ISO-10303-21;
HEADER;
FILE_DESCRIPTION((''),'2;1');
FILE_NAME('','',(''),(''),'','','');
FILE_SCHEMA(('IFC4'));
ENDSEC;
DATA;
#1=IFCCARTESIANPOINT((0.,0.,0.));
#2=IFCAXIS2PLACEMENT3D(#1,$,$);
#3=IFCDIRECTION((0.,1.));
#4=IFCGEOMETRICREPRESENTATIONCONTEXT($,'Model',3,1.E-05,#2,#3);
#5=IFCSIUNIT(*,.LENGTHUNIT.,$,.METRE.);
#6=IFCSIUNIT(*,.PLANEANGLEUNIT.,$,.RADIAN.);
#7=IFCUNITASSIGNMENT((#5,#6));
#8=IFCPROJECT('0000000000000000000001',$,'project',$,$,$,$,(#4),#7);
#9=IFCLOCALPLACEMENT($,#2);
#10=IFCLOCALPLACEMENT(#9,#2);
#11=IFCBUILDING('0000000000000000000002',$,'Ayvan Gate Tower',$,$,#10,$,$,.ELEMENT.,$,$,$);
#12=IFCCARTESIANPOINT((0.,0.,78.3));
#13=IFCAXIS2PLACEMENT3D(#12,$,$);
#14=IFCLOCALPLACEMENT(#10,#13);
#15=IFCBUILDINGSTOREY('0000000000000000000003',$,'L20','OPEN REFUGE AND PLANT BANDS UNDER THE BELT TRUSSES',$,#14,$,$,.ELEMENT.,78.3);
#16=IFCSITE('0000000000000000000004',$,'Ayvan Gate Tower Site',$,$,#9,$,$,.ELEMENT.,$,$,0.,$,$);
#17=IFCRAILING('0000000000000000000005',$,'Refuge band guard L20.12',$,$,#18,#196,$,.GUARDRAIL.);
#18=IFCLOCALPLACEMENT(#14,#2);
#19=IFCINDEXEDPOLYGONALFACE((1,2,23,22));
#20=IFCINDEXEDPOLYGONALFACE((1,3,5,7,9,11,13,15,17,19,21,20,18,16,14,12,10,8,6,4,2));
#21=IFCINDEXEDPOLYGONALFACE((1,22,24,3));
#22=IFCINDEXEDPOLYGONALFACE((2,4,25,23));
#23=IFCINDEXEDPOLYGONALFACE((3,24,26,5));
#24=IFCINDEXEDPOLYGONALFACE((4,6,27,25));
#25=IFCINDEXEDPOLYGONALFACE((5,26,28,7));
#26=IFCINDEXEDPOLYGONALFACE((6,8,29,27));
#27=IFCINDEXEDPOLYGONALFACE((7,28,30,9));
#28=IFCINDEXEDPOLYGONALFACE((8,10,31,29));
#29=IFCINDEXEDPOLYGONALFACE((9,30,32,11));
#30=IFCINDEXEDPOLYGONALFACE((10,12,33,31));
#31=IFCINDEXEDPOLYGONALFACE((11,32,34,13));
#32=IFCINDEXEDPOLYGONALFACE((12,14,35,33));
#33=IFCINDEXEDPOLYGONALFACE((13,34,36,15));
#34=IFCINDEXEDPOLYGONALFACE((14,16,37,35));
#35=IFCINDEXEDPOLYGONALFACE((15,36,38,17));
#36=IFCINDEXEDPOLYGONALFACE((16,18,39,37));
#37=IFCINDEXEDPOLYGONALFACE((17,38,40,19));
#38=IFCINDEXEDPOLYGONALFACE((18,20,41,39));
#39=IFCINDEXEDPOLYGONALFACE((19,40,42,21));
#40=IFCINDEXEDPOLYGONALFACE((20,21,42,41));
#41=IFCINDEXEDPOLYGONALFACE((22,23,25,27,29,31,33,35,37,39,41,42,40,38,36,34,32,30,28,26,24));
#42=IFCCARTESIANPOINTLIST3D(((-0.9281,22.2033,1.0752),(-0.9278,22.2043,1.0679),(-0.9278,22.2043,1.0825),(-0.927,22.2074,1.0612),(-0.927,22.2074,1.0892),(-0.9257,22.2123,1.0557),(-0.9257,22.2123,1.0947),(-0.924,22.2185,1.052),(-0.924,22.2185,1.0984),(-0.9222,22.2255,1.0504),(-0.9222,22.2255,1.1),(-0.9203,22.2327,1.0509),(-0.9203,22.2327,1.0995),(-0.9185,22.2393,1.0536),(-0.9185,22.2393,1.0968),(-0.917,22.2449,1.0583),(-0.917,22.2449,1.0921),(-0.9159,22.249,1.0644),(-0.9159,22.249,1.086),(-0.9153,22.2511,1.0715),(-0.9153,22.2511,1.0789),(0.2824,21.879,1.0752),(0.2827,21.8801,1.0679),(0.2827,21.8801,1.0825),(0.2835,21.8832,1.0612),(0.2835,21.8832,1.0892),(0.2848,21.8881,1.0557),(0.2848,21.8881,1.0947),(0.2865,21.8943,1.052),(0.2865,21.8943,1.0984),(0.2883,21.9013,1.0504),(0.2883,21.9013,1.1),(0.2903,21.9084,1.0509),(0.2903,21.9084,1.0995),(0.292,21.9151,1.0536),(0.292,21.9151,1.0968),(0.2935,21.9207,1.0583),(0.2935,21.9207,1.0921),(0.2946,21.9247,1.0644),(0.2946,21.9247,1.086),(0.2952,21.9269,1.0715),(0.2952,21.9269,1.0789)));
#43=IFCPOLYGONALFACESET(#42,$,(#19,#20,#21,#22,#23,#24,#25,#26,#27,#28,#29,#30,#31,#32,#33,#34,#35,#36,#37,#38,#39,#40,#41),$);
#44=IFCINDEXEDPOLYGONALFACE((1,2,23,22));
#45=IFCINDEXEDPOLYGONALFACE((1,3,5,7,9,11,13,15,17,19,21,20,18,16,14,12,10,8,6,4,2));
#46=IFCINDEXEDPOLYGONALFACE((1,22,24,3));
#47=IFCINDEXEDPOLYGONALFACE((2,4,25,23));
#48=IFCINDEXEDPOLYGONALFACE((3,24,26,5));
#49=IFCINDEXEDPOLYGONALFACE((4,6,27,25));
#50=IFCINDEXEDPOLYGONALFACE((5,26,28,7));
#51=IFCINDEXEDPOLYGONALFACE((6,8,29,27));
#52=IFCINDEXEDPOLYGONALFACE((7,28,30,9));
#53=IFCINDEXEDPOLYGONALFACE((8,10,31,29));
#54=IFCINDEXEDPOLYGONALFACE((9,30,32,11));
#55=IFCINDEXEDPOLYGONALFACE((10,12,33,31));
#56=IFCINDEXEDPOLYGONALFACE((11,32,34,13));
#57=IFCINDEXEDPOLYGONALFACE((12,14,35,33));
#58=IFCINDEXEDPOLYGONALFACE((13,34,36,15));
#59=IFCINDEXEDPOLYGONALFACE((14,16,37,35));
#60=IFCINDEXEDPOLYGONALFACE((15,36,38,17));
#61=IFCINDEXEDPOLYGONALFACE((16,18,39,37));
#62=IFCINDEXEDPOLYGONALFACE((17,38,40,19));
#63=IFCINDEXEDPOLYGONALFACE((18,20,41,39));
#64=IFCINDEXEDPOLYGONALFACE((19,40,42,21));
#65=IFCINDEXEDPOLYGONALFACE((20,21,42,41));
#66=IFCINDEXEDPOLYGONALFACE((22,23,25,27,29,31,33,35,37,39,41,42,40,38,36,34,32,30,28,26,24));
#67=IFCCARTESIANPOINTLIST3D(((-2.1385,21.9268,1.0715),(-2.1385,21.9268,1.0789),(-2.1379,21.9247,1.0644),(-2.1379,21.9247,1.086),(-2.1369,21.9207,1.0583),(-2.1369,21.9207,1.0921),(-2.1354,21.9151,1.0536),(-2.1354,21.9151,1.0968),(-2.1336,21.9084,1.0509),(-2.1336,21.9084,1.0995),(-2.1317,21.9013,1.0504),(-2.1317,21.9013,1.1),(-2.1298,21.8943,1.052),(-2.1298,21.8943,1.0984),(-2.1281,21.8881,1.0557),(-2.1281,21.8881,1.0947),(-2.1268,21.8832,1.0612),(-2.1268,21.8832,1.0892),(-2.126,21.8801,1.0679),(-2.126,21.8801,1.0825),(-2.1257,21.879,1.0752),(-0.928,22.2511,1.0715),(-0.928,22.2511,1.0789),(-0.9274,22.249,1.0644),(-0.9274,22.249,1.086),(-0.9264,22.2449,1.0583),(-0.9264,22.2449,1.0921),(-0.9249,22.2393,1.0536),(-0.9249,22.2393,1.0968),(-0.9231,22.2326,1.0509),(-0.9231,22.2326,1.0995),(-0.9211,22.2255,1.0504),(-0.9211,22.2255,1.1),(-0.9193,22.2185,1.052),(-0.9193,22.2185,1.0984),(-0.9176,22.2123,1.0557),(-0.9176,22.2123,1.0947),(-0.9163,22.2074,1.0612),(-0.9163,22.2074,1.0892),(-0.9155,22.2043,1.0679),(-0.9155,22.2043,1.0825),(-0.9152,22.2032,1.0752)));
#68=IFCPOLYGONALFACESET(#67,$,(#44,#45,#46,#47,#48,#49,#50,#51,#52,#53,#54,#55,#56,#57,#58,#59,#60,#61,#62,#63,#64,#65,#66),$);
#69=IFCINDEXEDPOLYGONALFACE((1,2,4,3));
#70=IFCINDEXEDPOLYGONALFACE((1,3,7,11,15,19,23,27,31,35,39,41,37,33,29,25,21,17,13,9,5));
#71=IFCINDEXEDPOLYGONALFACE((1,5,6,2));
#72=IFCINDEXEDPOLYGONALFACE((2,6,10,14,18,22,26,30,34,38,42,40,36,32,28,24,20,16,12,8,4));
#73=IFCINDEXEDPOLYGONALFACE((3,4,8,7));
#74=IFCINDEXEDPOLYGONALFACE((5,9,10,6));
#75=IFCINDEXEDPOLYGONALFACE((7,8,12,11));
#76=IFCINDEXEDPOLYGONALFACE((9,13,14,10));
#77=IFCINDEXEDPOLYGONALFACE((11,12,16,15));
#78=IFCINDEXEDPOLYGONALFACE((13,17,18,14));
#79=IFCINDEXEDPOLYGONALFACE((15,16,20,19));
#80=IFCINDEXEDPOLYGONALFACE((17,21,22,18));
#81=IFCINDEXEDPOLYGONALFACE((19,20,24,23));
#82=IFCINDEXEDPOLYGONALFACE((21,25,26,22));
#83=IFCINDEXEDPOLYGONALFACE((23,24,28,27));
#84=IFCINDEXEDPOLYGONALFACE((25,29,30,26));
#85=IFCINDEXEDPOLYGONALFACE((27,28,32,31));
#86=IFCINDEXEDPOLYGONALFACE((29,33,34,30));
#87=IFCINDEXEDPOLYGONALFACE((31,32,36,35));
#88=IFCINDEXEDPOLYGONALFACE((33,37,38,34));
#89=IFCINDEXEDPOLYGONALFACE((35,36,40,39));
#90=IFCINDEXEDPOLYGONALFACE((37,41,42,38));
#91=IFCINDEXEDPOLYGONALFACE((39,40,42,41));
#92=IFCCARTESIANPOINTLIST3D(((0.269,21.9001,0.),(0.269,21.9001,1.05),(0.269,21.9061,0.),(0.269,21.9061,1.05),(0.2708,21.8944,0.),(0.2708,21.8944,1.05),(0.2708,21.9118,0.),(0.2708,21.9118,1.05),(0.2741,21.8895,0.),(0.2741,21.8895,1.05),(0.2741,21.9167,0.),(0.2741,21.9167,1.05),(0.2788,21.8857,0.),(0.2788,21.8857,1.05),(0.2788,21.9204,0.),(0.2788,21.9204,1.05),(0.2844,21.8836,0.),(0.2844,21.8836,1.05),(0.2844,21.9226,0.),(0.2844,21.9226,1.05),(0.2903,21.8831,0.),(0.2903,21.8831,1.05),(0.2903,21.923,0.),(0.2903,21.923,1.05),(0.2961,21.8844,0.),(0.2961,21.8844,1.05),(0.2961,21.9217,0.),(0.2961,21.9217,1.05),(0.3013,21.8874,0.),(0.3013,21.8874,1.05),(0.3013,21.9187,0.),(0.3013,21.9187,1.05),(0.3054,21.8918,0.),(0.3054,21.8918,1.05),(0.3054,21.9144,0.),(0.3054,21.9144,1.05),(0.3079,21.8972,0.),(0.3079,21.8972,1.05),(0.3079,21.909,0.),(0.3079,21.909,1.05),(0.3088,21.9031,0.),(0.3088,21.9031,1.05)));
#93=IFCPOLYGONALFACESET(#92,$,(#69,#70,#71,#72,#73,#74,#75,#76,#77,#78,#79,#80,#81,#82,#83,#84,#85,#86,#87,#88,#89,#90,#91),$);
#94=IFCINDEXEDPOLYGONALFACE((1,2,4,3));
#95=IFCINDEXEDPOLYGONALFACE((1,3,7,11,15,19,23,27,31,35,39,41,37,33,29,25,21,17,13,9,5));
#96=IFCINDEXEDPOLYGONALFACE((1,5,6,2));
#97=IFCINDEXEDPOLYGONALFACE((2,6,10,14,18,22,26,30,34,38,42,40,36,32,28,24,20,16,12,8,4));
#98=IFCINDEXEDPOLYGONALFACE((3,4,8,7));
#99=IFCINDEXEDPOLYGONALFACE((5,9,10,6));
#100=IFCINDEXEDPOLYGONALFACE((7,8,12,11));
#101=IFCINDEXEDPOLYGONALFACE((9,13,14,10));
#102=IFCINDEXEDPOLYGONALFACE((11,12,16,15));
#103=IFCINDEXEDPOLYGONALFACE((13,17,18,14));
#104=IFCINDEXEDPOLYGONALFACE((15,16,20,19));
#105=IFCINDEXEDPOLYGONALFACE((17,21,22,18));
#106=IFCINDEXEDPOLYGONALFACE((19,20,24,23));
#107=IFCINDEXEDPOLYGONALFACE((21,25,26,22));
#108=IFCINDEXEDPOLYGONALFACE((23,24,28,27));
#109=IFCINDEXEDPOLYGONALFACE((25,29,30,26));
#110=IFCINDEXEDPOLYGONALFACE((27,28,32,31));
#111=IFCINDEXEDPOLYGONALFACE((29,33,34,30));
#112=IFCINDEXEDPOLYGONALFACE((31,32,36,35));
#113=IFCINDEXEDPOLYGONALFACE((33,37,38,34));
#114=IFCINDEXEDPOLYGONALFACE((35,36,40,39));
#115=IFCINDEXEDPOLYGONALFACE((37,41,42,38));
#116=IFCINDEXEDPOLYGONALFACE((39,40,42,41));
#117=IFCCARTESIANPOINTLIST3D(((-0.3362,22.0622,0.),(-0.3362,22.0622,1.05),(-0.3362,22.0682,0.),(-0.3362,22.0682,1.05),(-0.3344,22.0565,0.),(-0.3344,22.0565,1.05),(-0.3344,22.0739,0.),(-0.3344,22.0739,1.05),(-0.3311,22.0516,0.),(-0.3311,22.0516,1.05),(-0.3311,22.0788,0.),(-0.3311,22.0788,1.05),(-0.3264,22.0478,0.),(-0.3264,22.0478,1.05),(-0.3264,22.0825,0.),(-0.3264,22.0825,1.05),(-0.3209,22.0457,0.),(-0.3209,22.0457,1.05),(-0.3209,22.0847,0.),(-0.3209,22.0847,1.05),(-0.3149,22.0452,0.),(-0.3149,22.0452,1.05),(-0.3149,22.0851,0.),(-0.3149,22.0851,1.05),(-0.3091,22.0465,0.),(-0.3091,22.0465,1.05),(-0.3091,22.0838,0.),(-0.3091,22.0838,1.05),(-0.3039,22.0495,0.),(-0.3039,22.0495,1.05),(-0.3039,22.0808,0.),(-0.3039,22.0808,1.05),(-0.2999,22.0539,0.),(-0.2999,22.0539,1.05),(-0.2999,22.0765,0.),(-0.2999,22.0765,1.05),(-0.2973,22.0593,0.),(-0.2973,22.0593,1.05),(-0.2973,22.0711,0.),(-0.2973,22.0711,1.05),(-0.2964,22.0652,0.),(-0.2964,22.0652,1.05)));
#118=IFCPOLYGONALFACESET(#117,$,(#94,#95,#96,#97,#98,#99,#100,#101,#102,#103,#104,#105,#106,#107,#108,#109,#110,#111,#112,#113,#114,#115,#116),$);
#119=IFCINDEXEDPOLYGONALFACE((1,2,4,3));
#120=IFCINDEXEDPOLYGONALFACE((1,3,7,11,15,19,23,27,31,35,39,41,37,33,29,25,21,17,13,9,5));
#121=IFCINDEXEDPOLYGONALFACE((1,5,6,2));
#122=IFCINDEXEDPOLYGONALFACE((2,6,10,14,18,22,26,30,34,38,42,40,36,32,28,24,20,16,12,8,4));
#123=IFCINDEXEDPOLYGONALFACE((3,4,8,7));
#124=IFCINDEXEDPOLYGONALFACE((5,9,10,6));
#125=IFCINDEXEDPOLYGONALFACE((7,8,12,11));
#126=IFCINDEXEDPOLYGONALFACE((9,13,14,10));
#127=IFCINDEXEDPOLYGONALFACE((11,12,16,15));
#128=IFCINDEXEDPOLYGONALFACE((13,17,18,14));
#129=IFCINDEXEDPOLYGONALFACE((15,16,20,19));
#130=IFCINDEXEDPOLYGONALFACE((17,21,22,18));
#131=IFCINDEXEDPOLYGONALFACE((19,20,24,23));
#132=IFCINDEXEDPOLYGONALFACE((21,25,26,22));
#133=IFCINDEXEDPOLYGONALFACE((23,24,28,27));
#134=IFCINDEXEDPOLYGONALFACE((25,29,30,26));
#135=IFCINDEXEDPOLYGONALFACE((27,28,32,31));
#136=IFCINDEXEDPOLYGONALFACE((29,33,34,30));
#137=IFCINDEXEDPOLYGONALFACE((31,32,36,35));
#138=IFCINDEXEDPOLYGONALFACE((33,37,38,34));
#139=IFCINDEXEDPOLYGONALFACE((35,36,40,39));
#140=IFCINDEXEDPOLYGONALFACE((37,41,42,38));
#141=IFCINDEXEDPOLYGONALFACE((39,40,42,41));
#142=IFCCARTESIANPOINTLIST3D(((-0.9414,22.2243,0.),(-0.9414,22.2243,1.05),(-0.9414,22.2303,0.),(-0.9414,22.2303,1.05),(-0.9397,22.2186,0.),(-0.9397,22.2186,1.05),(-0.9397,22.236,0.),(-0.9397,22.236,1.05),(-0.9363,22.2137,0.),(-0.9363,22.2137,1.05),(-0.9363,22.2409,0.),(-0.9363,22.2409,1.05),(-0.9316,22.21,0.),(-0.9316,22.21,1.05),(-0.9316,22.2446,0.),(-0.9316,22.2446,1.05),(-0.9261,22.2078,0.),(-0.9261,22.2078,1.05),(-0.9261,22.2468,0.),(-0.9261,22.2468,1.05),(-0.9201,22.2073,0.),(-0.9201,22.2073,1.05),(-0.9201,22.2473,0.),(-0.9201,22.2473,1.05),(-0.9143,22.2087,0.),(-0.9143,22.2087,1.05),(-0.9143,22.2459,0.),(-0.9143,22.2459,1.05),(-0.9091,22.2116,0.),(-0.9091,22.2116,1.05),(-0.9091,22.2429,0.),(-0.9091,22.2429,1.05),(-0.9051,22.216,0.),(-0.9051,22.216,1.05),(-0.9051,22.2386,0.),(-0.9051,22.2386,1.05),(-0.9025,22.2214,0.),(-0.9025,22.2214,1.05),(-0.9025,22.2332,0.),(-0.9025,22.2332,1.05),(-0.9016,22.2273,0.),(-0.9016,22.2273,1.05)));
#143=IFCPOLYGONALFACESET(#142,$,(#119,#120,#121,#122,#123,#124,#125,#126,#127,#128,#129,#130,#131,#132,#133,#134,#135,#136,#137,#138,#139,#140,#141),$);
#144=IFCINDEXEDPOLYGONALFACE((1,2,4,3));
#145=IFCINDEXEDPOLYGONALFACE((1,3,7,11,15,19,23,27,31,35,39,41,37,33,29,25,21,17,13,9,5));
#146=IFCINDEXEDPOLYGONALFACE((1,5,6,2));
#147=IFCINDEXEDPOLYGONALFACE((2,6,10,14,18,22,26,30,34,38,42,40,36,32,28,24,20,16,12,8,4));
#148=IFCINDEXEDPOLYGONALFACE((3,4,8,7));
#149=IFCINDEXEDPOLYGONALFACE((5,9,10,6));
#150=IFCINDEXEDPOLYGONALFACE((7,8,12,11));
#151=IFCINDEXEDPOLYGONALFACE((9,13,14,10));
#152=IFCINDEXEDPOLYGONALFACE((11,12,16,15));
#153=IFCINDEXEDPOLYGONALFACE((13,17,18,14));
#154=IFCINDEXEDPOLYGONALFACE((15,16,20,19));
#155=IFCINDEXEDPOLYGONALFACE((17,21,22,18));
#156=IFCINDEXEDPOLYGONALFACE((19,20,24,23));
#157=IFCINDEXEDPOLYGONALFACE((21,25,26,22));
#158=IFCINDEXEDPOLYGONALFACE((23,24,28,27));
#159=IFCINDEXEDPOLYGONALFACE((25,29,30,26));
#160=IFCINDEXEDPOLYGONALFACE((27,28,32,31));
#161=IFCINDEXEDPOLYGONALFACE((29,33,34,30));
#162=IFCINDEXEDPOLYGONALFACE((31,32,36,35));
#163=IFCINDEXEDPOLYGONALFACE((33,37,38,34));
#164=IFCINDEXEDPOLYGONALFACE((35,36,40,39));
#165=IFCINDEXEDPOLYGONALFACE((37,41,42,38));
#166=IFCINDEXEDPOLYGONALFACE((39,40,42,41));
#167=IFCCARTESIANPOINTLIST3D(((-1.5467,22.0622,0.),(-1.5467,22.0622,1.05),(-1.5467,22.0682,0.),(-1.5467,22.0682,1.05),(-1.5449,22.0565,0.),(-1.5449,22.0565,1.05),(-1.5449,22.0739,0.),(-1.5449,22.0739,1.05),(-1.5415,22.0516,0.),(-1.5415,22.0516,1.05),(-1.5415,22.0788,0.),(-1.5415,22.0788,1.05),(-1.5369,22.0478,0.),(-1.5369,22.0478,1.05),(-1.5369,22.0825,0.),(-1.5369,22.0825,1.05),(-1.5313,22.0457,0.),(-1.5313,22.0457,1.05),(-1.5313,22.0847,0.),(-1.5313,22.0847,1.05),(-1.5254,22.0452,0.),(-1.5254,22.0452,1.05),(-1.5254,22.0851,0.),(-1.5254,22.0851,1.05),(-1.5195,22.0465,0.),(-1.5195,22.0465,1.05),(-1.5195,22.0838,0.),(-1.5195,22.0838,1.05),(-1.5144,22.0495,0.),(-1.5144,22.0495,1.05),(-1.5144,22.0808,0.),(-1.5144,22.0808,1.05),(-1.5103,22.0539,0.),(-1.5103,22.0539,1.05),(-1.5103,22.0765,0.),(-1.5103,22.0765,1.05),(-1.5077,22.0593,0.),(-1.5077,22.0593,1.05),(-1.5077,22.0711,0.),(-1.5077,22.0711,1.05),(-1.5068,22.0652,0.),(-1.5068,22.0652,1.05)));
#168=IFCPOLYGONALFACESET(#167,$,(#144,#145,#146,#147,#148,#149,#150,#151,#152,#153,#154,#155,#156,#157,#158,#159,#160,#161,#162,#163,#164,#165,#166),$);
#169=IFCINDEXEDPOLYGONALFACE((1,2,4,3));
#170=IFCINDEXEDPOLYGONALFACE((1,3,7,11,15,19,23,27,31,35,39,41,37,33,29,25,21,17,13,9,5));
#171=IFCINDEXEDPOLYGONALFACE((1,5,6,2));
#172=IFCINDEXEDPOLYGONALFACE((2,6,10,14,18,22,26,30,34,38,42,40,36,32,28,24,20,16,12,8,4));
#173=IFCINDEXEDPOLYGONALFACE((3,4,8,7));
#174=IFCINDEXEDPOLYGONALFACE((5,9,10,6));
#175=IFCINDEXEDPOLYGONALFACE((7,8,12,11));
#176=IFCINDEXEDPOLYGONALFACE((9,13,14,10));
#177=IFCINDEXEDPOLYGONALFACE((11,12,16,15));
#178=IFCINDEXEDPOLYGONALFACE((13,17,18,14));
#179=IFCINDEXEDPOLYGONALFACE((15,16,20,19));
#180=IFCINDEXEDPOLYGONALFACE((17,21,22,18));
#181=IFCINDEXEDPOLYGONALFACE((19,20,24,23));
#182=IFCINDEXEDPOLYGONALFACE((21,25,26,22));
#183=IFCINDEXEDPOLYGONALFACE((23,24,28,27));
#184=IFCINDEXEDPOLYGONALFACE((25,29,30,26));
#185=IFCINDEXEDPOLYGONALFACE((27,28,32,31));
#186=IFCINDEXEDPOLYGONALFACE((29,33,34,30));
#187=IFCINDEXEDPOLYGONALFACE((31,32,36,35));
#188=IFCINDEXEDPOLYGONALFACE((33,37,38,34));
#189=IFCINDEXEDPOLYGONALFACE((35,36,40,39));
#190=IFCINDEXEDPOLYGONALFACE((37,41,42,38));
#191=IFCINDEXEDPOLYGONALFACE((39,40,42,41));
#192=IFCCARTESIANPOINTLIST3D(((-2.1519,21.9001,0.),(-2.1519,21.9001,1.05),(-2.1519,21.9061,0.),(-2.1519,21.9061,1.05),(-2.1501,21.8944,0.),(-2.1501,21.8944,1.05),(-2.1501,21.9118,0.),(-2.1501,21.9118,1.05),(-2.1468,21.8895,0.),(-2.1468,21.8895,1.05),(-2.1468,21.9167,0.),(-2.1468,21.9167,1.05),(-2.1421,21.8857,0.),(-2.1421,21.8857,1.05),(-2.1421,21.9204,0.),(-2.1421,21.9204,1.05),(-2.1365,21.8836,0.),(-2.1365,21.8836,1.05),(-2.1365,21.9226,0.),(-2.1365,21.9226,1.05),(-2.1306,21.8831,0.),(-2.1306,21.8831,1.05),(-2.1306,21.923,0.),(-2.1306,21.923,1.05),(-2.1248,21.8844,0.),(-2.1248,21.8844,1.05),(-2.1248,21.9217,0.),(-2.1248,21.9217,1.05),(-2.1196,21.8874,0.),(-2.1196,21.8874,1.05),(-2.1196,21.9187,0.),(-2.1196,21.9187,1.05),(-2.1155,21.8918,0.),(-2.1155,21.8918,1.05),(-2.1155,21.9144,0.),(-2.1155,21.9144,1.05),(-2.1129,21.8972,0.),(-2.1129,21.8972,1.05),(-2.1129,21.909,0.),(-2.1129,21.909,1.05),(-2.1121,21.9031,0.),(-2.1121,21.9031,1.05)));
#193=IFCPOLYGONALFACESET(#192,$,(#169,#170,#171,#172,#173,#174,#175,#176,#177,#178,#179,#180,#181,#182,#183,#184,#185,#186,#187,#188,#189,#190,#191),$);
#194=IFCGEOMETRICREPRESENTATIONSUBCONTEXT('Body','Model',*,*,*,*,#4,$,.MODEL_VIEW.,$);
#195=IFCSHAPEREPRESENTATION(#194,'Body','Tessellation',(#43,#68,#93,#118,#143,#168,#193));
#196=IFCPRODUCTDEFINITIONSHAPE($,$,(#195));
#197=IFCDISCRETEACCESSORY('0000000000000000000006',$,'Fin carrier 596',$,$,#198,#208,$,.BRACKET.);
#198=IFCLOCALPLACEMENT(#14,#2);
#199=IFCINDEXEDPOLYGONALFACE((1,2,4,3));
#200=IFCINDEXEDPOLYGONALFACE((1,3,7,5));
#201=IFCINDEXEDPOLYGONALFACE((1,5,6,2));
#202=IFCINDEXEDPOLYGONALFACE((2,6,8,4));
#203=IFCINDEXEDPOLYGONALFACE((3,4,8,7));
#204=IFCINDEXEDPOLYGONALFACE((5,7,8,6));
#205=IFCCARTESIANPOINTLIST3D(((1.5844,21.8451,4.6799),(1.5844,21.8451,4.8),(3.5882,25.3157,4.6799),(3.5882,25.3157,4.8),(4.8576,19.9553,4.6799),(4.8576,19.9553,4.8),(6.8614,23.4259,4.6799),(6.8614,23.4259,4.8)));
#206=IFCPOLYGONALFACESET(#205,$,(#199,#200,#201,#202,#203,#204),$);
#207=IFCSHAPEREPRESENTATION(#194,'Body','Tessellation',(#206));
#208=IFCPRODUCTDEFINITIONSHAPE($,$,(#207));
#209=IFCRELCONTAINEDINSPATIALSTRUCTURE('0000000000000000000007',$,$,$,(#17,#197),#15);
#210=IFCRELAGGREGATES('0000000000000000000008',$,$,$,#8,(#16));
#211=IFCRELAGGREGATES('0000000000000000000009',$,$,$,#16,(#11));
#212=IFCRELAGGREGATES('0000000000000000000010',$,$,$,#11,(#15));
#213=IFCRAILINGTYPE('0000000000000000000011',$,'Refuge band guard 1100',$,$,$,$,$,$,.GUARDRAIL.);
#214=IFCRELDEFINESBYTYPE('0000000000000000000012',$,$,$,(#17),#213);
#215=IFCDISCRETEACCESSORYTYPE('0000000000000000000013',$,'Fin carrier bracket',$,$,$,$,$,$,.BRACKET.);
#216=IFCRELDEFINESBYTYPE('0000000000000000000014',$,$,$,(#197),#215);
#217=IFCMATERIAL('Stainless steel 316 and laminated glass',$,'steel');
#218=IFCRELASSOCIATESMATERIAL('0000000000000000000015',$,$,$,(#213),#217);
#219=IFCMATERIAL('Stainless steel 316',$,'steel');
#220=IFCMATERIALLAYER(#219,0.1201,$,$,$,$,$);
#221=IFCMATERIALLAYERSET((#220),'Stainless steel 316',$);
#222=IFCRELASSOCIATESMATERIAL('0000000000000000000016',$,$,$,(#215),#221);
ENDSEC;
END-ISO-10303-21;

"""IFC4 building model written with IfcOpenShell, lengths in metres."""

from ifc_helpers import new_model, si_unit, direction, frame, origin, origin_2d, place, context, subcontext, project, spatial, rectangle, circle, extrude, material, layer, layer_set, type_object, element, save


model = new_model("IFC4")

# Units and contexts
model_context = context("Model", 3, precision=1e-05, world=origin(), true_north=direction((0.0, 1.0)))
body_context = subcontext(model_context, "Body", "Model", "MODEL_VIEW")
ifc_project = project(units=[si_unit("LENGTHUNIT", "METRE"), si_unit("PLANEANGLEUNIT", "RADIAN")], contexts=[model_context])

# Site, building, storey
site_placement = place(None, origin())
site = spatial("IfcSite", under=ifc_project, at=site_placement, Name="Ayvan Gate Tower Site", CompositionType="ELEMENT", RefElevation=0.0)
building_placement = place(site_placement, origin())
building = spatial("IfcBuilding", under=site, at=building_placement, Name="Ayvan Gate Tower", CompositionType="ELEMENT")
storey_placement = place(building_placement, frame((0.0, 0.0, 78.3)))
storey = spatial("IfcBuildingStorey", under=building, at=storey_placement, Name="L20", Description="OPEN REFUGE AND PLANT BANDS UNDER THE BELT TRUSSES", CompositionType="ELEMENT", Elevation=78.3)

# Railing
ifc_material_1 = material(Name="Stainless steel 316 and laminated glass", Category="steel")
railing_type = type_object("IfcRailingType", Name="Refuge band guard 1100", PredefinedType="GUARDRAIL", material=ifc_material_1)
railing_placement = place(storey_placement, frame((0.2888, 21.9031, 0.0)))
element("IfcRailing", 1, at=railing_placement, inside=storey, type_object=railing_type, Name="Refuge band guard L20.12", PredefinedType="GUARDRAIL", context=body_context, shape_type="SweptSolid", body=[
    extrude(circle(Radius=0.0249, at=origin_2d()), frame((0.0, 0.0, 1.0752), z_axis=(-0.96595, 0.25873, 0.0), x_axis=(-0.25873, -0.96595, 0.0)), (0.0, 0.0, 1.0), 1.2532),
    extrude(circle(Radius=0.0249, at=origin_2d()), frame((-1.2104, 0.3242, 1.0752), z_axis=(-0.96595, -0.25873, 0.0), x_axis=(0.25873, -0.96595, 0.0)), (0.0, 0.0, 1.0), 1.2532),
    extrude(circle(Radius=0.02, at=origin_2d()), origin(), (0.0, 0.0, 1.0), 1.05),
    extrude(circle(Radius=0.02, at=origin_2d()), frame((-0.6052, 0.1621, 0.0)), (0.0, 0.0, 1.0), 1.05),
    extrude(circle(Radius=0.02, at=origin_2d()), frame((-1.2104, 0.3242, 0.0)), (0.0, 0.0, 1.0), 1.05),
    extrude(circle(Radius=0.02, at=origin_2d()), frame((-1.8157, 0.1621, 0.0)), (0.0, 0.0, 1.0), 1.05),
    extrude(circle(Radius=0.02, at=origin_2d()), frame((-2.4209, 0.0, 0.0)), (0.0, 0.0, 1.0), 1.05),
])

# Discrete accessory
ifc_material_2 = material(Name="Stainless steel 316", Category="steel")
ifc_layer_1 = layer(ifc_material_2, 0.1201)
ifc_layer_set_1 = layer_set([ifc_layer_1], Name="Stainless steel 316")
discrete_accessory_type_1 = type_object("IfcDiscreteAccessoryType", Name="Fin carrier bracket", PredefinedType="BRACKET", material=ifc_layer_set_1)
discrete_accessory_1_placement = place(storey_placement, frame((4.2229, 22.6355, 4.6799), z_axis=(0.0, 0.0, 1.0), x_axis=(-0.866025, 0.5, 0.0)))
element("IfcDiscreteAccessory", 2, at=discrete_accessory_1_placement, inside=storey, type_object=discrete_accessory_type_1, Name="Fin carrier 596", PredefinedType="BRACKET", context=body_context, shape_type="SweptSolid", body=[
    extrude(rectangle(XDim=3.7795, YDim=4.0076, at=origin_2d()), origin(), (0.0, 0.0, 1.0), 0.1201),
])

save(model, "model.ifc")
